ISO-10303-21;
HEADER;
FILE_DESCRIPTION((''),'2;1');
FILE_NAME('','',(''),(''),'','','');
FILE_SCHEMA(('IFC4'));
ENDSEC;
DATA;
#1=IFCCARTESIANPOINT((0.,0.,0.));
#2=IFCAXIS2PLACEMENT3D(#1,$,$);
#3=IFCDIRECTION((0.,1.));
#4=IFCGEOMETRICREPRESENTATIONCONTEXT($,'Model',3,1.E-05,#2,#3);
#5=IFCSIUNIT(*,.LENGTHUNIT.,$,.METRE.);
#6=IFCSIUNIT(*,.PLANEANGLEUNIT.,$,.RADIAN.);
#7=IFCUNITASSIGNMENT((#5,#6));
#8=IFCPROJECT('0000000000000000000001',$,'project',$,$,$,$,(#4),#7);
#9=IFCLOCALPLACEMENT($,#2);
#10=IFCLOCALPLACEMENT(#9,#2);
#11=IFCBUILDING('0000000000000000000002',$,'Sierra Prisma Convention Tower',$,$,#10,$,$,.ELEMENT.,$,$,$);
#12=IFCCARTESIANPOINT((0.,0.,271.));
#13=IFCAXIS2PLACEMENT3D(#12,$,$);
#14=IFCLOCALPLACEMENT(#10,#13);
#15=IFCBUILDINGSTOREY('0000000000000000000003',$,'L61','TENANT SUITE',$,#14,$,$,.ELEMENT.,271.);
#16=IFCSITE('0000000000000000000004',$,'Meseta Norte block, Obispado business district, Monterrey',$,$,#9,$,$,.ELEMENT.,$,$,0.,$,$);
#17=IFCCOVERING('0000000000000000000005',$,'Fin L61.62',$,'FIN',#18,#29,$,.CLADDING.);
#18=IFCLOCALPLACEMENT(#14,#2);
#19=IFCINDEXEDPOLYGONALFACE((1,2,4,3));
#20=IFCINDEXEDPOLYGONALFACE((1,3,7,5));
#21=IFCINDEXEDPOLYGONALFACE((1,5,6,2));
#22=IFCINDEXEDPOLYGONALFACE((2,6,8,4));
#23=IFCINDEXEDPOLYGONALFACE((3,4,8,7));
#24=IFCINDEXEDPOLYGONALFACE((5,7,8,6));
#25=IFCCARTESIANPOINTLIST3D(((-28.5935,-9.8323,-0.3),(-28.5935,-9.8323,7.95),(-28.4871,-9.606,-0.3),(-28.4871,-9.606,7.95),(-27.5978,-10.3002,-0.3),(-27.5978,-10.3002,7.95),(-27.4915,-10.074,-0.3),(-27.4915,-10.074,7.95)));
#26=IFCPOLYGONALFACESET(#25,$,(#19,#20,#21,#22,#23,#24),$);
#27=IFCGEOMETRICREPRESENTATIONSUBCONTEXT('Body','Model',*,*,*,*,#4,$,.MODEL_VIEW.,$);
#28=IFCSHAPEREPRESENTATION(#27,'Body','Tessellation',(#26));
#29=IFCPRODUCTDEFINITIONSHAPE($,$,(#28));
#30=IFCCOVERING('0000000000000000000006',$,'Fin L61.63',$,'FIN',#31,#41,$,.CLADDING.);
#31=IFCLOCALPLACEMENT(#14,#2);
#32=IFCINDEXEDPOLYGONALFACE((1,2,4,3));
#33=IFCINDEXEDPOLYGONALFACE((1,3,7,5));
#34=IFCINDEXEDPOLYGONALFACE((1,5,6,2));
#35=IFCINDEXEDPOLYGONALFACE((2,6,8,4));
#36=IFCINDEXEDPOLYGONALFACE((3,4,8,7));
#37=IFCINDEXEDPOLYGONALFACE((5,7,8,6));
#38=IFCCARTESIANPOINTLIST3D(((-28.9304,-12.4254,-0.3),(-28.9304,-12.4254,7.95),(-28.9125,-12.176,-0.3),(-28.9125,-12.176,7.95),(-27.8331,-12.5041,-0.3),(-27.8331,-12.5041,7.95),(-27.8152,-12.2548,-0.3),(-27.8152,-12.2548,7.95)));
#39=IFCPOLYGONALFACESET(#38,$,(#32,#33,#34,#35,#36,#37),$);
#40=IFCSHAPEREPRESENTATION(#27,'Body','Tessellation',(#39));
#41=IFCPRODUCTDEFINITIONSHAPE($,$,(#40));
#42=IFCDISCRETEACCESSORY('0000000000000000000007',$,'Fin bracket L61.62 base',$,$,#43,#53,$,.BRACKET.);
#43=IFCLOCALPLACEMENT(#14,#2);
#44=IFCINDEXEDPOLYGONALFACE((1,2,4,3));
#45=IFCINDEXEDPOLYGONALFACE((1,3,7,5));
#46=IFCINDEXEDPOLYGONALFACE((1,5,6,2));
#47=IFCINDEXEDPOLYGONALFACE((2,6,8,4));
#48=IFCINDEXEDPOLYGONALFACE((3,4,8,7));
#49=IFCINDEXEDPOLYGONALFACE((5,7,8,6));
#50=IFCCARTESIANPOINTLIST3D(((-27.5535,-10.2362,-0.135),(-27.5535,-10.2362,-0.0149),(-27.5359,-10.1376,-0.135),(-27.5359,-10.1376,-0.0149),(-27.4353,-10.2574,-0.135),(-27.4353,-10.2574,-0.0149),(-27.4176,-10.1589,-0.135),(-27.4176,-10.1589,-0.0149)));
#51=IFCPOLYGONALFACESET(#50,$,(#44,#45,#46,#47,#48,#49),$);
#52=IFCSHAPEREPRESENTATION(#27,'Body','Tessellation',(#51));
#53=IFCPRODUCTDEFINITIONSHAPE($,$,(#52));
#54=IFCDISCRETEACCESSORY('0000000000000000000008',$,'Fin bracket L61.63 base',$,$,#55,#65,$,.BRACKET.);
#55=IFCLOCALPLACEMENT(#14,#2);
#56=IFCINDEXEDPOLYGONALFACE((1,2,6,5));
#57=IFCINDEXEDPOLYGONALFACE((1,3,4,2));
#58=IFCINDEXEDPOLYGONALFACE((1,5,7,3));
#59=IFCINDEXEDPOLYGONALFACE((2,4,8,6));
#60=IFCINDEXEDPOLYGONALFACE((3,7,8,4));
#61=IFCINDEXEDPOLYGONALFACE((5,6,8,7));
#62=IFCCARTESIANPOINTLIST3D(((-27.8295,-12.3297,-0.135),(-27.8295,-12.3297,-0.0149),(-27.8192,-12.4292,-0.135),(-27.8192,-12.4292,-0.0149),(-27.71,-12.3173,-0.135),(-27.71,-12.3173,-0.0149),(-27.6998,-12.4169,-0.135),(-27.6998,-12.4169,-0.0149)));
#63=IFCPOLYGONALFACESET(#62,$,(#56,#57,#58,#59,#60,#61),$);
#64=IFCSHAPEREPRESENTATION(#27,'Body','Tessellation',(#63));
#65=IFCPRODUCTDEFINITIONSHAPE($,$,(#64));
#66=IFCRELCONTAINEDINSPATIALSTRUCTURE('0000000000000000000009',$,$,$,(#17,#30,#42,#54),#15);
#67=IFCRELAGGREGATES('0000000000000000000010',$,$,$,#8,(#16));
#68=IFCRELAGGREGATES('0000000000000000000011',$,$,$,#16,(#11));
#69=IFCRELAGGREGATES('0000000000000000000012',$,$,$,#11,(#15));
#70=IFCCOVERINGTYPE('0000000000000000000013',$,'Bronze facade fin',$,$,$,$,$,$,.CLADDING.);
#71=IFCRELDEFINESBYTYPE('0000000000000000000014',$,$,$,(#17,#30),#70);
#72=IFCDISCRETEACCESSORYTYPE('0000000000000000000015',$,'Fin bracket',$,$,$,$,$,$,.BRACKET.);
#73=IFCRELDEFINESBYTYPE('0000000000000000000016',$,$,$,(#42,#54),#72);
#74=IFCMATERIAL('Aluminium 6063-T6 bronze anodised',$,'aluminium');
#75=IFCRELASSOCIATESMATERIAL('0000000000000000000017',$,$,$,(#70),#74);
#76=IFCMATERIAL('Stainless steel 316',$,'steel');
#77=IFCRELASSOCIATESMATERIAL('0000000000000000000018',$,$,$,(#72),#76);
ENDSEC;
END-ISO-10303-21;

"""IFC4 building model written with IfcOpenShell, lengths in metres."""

from ifc_helpers import new_model, si_unit, direction, frame, origin, origin_2d, place, context, subcontext, project, spatial, rectangle, extrude, material, material_profile, profile_set, type_object, element, save


model = new_model("IFC4")

# Units and contexts
model_context = context("Model", 3, precision=1e-05, world=origin(), true_north=direction((0.0, 1.0)))
body_context = subcontext(model_context, "Body", "Model", "MODEL_VIEW")
ifc_project = project(units=[si_unit("LENGTHUNIT", "METRE"), si_unit("PLANEANGLEUNIT", "RADIAN")], contexts=[model_context])

# Site, building, storey
site_placement = place(None, origin())
site = spatial("IfcSite", under=ifc_project, at=site_placement, Name="Meseta Norte block, Obispado business district, Monterrey", CompositionType="ELEMENT", RefElevation=0.0)
building_placement = place(site_placement, origin())
building = spatial("IfcBuilding", under=site, at=building_placement, Name="Sierra Prisma Convention Tower", CompositionType="ELEMENT")
storey_placement = place(building_placement, frame((0.0, 0.0, 271.0)))
storey = spatial("IfcBuildingStorey", under=building, at=storey_placement, Name="L61", Description="TENANT SUITE", CompositionType="ELEMENT", Elevation=271.0)

# Coverings
ifc_material_1 = material(Name="Aluminium 6063-T6 bronze anodised", Category="aluminium")
ifc_material_profile_1 = material_profile(ifc_material_1, rectangle(XDim=1.1001, YDim=0.25, at=origin_2d()), Name="ALU FIN 1100x250")
ifc_profile_set_1 = profile_set([ifc_material_profile_1], Name="Aluminium 6063-T6 bronze anodised")
covering_type = type_object("IfcCoveringType", Name="Bronze facade fin", PredefinedType="CLADDING", material=ifc_profile_set_1)
for number, where, z_axis, x_axis, name in (
    (1, (-28.0425, -9.9531, -0.3), (0.0, 0.0, 1.0), (-0.905032, 0.425344, 0.0), "Fin L61.62"),
    (2, (-28.3728, -12.3401, -0.3), (0.0, 0.0, 1.0), (-0.997436, 0.071558, 0.0), "Fin L61.63"),
):
    element("IfcCovering", number, at=place(storey_placement, frame(where, z_axis=z_axis, x_axis=x_axis)), inside=storey, type_object=covering_type, Name=name, ObjectType="FIN", PredefinedType="CLADDING", context=body_context, shape_type="SweptSolid", body=[
        extrude(rectangle(XDim=1.1001, YDim=0.25, at=origin_2d()), origin(), (0.0, 0.0, 1.0), 8.25),
    ])

# Discrete accessories
ifc_material_2 = material(Name="Stainless steel 316", Category="steel")
discrete_accessory_type = type_object("IfcDiscreteAccessoryType", Name="Fin bracket", PredefinedType="BRACKET", material=ifc_material_2)
for number, where, z_axis, x_axis, name in (
    (3, (-27.4856, -10.1975, -0.135), (0.0, 0.0, 1.0), (-0.984281, 0.176612, 0.0), "Fin bracket L61.62 base"),
    (4, (-27.7646, -12.3733, -0.135), (0.0, 0.0, 1.0), (-0.994709, -0.102732, 0.0), "Fin bracket L61.63 base"),
):
    element("IfcDiscreteAccessory", number, at=place(storey_placement, frame(where, z_axis=z_axis, x_axis=x_axis)), inside=storey, type_object=discrete_accessory_type, Name=name, PredefinedType="BRACKET", context=body_context, shape_type="SweptSolid", body=[
        extrude(rectangle(XDim=0.1201, YDim=0.1001, at=origin_2d()), origin(), (0.0, 0.0, 1.0), 0.1201),
    ])

save(model, "model.ifc")
